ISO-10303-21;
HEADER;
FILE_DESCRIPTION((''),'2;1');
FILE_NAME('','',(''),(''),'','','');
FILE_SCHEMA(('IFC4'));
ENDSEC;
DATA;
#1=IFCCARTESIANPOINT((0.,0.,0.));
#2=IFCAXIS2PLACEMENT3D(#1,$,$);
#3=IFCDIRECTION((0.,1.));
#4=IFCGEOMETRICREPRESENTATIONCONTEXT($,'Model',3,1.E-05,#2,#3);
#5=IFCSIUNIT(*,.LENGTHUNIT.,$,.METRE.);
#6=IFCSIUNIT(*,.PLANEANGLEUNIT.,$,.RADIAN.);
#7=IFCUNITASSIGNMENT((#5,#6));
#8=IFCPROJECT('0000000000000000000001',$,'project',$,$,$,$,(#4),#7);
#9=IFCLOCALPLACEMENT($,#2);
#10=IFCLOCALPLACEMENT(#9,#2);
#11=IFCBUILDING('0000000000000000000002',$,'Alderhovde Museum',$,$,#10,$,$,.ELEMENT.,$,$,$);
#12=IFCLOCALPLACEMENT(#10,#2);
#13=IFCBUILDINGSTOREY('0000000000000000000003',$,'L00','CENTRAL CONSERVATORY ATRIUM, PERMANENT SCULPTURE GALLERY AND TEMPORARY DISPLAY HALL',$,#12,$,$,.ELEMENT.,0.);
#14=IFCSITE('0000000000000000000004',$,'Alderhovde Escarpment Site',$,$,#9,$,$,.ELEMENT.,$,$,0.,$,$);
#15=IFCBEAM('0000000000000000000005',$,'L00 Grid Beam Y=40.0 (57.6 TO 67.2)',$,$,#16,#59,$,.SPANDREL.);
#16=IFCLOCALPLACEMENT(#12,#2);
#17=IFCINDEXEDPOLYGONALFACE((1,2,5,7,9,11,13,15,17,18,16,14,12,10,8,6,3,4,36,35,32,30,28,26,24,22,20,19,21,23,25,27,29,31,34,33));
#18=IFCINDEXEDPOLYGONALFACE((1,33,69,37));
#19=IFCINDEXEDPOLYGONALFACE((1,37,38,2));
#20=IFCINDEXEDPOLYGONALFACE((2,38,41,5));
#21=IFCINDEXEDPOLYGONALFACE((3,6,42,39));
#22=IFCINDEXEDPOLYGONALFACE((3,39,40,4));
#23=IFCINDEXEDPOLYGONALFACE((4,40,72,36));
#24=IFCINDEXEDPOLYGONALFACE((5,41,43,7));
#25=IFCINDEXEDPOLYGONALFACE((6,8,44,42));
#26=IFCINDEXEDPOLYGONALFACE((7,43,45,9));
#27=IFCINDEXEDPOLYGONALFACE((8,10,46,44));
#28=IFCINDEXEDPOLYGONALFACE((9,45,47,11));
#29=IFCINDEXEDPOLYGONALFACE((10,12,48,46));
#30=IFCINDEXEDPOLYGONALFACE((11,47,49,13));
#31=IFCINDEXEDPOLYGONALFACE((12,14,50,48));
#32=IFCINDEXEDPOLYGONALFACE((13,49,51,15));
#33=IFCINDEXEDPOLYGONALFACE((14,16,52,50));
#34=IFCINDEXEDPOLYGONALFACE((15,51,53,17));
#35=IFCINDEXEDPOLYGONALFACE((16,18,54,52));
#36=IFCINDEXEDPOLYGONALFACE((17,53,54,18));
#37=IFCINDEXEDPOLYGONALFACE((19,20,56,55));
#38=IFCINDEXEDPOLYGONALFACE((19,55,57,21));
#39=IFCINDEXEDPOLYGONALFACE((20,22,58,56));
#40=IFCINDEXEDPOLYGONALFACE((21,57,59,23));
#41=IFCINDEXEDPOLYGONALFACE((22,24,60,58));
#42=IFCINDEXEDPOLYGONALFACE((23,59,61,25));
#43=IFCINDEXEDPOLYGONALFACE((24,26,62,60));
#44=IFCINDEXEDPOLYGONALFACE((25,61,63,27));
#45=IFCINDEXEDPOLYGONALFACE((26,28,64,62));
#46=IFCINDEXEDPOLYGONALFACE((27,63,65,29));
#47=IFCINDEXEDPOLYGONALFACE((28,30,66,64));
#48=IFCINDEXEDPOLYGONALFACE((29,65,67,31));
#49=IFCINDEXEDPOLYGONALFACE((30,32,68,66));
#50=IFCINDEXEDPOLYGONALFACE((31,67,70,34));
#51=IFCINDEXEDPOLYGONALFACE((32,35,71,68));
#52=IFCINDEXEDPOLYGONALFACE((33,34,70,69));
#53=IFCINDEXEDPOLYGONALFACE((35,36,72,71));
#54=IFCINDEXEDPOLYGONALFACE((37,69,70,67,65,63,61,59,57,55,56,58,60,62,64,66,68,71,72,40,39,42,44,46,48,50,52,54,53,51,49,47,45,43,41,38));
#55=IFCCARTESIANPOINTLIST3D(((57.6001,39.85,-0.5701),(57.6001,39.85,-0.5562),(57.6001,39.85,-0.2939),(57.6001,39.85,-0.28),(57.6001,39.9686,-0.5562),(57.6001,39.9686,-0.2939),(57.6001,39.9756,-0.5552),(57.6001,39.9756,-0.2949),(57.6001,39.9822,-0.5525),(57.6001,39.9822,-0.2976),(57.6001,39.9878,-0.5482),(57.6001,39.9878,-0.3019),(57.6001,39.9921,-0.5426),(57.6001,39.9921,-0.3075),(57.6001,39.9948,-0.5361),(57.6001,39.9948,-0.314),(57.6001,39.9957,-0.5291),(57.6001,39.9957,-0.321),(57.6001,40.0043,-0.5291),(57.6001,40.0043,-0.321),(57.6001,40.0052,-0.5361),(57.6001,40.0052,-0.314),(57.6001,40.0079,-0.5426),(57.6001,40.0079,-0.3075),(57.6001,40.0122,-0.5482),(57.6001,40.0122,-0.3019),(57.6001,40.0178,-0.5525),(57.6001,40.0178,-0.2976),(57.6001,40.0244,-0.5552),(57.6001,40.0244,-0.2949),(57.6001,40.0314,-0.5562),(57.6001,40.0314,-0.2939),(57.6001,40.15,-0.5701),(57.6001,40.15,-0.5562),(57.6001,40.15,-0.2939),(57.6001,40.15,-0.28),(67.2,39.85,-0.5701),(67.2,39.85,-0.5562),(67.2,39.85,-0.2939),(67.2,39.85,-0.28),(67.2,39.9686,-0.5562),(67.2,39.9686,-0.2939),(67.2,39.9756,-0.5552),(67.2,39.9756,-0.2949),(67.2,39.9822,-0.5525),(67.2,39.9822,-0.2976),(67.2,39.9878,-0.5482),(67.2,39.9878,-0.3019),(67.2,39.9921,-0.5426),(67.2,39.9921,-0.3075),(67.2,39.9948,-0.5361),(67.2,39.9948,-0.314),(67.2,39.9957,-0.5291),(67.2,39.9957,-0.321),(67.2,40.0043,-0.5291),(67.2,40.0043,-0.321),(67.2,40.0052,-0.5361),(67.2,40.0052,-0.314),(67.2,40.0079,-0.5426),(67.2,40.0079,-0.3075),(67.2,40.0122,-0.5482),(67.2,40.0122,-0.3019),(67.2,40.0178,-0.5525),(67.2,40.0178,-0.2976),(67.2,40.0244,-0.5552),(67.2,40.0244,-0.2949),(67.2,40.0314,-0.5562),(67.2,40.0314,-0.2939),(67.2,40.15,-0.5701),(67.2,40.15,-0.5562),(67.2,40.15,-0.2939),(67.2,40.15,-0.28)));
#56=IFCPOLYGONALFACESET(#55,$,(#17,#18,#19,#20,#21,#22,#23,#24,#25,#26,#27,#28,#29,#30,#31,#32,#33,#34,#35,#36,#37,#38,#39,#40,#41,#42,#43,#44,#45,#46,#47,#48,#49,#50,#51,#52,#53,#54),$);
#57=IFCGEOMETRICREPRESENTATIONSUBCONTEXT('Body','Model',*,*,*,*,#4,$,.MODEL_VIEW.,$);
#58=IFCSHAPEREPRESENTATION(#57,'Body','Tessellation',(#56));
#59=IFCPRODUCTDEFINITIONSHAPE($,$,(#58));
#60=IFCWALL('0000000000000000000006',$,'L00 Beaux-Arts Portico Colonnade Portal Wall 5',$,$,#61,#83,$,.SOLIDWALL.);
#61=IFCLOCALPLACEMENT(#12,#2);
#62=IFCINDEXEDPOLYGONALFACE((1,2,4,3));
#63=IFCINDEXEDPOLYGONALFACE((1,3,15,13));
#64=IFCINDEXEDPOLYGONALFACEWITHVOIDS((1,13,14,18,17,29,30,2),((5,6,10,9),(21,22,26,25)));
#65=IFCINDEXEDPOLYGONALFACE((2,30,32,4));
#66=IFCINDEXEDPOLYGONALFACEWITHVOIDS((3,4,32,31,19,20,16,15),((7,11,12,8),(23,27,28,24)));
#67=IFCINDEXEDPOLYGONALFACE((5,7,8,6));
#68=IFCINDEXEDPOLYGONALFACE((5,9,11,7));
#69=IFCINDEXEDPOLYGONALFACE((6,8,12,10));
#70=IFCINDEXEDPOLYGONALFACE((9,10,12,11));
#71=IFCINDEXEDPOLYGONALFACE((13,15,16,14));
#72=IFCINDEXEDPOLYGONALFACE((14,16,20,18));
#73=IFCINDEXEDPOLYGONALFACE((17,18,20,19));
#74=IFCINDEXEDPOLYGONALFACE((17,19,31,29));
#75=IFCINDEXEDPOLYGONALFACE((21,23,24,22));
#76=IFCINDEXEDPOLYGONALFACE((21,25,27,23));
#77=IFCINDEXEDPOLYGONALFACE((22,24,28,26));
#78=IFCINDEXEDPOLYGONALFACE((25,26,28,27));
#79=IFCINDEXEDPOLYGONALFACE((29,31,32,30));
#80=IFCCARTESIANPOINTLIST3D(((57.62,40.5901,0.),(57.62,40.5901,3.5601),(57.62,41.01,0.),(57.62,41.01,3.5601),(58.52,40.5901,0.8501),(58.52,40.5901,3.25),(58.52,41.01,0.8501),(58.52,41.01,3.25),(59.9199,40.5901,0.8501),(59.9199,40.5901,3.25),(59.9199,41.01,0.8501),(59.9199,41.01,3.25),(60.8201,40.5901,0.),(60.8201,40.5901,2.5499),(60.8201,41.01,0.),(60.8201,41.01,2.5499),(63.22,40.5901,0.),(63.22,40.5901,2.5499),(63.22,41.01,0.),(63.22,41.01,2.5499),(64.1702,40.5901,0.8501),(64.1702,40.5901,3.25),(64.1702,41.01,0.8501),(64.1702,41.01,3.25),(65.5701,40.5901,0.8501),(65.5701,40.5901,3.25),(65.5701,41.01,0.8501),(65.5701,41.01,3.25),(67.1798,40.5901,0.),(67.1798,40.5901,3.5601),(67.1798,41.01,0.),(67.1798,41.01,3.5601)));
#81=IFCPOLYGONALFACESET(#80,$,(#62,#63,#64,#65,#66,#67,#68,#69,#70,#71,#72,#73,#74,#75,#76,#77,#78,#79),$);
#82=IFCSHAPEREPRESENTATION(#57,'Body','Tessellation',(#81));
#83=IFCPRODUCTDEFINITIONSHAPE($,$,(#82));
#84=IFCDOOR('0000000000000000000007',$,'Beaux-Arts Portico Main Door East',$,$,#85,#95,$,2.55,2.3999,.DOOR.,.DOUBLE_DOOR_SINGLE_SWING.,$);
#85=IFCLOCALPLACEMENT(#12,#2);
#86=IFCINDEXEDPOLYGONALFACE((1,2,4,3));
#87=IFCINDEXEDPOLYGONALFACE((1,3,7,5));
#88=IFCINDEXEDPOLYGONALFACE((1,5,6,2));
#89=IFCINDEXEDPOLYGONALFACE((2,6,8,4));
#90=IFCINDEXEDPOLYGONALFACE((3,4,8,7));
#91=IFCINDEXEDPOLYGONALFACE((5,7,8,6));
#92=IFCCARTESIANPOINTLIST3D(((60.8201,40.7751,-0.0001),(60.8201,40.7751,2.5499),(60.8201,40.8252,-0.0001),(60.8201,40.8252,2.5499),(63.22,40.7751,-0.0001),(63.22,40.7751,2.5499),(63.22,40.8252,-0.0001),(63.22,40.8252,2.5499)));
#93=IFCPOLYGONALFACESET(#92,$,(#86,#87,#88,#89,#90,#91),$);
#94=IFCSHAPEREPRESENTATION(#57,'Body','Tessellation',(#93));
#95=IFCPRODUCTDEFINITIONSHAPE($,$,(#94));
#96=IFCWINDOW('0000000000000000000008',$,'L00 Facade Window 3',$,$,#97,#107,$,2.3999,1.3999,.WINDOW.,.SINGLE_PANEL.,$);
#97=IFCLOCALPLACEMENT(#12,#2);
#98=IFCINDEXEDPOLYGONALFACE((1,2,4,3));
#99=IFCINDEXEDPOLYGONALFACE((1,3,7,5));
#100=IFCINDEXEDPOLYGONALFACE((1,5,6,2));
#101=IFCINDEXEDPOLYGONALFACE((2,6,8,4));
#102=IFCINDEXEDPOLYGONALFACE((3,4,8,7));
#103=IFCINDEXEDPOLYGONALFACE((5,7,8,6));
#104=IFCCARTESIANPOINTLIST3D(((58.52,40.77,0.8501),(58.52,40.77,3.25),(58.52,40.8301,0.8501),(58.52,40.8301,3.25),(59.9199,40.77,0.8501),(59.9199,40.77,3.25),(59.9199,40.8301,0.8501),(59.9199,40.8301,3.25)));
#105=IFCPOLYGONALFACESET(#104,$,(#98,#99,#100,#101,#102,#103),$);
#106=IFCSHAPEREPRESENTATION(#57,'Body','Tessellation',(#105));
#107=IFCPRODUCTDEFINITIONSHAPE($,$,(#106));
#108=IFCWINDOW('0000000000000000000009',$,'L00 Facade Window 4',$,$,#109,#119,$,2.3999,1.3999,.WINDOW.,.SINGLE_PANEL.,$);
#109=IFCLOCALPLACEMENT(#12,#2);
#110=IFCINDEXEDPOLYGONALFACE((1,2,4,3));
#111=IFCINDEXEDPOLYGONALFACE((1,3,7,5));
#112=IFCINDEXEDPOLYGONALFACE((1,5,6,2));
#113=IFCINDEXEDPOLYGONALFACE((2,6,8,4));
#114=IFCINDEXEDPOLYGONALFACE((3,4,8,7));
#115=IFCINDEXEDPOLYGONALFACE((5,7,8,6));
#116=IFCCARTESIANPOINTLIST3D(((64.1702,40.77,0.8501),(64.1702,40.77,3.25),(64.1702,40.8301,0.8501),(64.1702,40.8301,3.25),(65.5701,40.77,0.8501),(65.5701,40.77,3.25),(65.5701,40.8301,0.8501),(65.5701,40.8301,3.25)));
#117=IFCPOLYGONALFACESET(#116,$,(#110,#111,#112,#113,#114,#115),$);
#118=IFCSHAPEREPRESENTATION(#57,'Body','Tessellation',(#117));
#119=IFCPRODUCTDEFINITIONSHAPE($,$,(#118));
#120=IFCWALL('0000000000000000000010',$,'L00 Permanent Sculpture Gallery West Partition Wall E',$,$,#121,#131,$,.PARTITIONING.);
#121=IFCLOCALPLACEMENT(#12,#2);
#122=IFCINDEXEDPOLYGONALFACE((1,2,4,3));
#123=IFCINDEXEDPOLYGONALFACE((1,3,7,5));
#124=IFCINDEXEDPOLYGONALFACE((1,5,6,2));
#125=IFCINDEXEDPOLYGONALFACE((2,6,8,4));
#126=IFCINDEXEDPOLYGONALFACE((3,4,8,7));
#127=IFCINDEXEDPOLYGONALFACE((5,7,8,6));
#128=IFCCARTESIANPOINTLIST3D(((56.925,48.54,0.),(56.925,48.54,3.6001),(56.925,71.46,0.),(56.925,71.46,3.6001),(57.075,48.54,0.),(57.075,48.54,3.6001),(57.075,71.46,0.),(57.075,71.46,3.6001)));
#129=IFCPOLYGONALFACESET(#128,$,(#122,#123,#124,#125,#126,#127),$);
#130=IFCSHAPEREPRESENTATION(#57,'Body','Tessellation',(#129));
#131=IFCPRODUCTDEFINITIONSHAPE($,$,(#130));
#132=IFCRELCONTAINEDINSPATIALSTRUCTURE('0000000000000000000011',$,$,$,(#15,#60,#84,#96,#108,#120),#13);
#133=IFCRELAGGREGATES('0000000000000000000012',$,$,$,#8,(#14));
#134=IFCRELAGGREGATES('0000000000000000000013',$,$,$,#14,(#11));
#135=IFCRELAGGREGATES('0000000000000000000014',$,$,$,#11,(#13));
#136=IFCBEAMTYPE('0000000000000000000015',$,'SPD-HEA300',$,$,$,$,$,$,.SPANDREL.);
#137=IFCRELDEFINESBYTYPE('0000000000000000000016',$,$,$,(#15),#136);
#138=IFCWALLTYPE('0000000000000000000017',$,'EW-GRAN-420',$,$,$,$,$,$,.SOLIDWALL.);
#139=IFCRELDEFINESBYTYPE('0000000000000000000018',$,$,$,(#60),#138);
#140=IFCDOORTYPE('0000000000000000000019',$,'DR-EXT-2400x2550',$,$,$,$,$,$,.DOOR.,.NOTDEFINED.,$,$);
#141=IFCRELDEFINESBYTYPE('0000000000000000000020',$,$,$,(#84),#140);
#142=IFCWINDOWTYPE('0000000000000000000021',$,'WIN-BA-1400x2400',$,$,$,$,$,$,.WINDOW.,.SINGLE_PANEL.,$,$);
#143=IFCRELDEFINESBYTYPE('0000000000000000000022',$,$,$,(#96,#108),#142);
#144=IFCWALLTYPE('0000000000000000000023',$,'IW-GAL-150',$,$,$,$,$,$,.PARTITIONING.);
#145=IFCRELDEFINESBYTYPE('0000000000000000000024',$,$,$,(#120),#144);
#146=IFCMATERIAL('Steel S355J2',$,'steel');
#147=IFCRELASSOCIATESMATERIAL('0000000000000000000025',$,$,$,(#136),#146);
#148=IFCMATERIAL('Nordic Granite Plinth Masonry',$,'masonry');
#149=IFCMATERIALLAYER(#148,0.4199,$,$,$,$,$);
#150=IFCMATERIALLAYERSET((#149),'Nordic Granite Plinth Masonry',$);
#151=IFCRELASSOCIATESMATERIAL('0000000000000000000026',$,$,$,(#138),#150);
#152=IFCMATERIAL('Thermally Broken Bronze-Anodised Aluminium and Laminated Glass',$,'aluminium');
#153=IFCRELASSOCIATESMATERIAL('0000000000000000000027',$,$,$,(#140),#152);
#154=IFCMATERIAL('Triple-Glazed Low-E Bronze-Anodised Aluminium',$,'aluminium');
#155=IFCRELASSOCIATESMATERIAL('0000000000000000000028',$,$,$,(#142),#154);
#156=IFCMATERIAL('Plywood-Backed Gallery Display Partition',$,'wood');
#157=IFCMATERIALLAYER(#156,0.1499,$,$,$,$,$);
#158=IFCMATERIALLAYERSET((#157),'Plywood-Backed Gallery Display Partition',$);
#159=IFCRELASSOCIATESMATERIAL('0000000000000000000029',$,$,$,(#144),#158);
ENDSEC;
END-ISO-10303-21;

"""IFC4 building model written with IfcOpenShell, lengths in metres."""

from ifc_helpers import new_model, si_unit, direction, frame, frame_2d, origin, origin_2d, place, context, subcontext, project, spatial, rectangle, i_section, extrude, material, layer, layer_set, material_profile, profile_set, type_object, element, fill, save


model = new_model("IFC4")

# Units and contexts
model_context = context("Model", 3, precision=1e-05, world=origin(), true_north=direction((0.0, 1.0)))
body_context = subcontext(model_context, "Body", "Model", "MODEL_VIEW")
ifc_project = project(units=[si_unit("LENGTHUNIT", "METRE"), si_unit("PLANEANGLEUNIT", "RADIAN")], contexts=[model_context])

# Site, building, storey
site_placement = place(None, origin())
site = spatial("IfcSite", under=ifc_project, at=site_placement, Name="Alderhovde Escarpment Site", CompositionType="ELEMENT", RefElevation=0.0)
building_placement = place(site_placement, origin())
building = spatial("IfcBuilding", under=site, at=building_placement, Name="Alderhovde Museum", CompositionType="ELEMENT")
storey_placement = place(building_placement, origin())
storey = spatial("IfcBuildingStorey", under=building, at=storey_placement, Name="L00", Description="CENTRAL CONSERVATORY ATRIUM, PERMANENT SCULPTURE GALLERY AND TEMPORARY DISPLAY HALL", CompositionType="ELEMENT", Elevation=0.0)

# Beam
ifc_material_1 = material(Name="Steel S355J2", Category="steel")
ifc_material_profile_1 = material_profile(ifc_material_1, i_section(OverallWidth=0.3, OverallDepth=0.29, WebThickness=0.0085, FlangeThickness=0.0139, FilletRadius=0.0271, at=origin_2d()), Name="HEA 300")
ifc_profile_set_1 = profile_set([ifc_material_profile_1], Name="Steel S355J2")
beam_type_1 = type_object("IfcBeamType", Name="SPD-HEA300", PredefinedType="SPANDREL", material=ifc_profile_set_1)
beam_1_placement = place(storey_placement, frame((57.6001, 40.0, -0.425), z_axis=(1.0, 0.0, 0.0), x_axis=(0.0, 1.0, 0.0)))
element("IfcBeam", 1, at=beam_1_placement, inside=storey, type_object=beam_type_1, Name="L00 Grid Beam Y=40.0 (57.6 TO 67.2)", PredefinedType="SPANDREL", context=body_context, shape_type="SweptSolid", body=[
    extrude(i_section(OverallWidth=0.3, OverallDepth=0.29, WebThickness=0.0085, FlangeThickness=0.0139, FilletRadius=0.0271, at=origin_2d()), origin(), (0.0, 0.0, 1.0), 9.5999),
])

# Wall, openings, door, windows
ifc_material_2 = material(Name="Nordic Granite Plinth Masonry", Category="masonry")
ifc_layer_1 = layer(ifc_material_2, 0.4199)
ifc_layer_set_1 = layer_set([ifc_layer_1], Name="Nordic Granite Plinth Masonry")
wall_type_1 = type_object("IfcWallType", Name="EW-GRAN-420", PredefinedType="SOLIDWALL", material=ifc_layer_set_1)
wall_1_placement = place(storey_placement, frame((57.6201, 40.8, 0.0), z_axis=(0.0, 0.0, 1.0), x_axis=(1.0, 0.0, 0.0)))
wall_1 = element("IfcWall", 2, at=wall_1_placement, inside=storey, type_object=wall_type_1, Name="L00 Beaux-Arts Portico Colonnade Portal Wall 5", PredefinedType="SOLIDWALL", context=body_context, shape_type="SweptSolid", body=[
    extrude(rectangle(XDim=9.5598, YDim=0.4199, at=frame_2d((4.7798, 0.0))), origin(), (0.0, 0.0, 1.0), 3.5601),
])
opening_1_placement = place(wall_1_placement, frame((3.2, 0.0, 0.0)))
opening_1 = element("IfcOpeningElement", 3, at=opening_1_placement, cuts=wall_1, PredefinedType="OPENING", context=body_context, shape_type="SweptSolid", body=[
    extrude(rectangle(XDim=2.3999, YDim=2.55, at=frame_2d((1.2, 1.2749))), frame((0.0, 0.22, 0.0), z_axis=(0.0, -1.0, 0.0), x_axis=(1.0, 0.0, 0.0)), (0.0, 0.0, 1.0), 0.4399),
])
opening_2_placement = place(wall_1_placement, frame((0.8999, 0.0, 0.8501)))
opening_2 = element("IfcOpeningElement", 4, at=opening_2_placement, cuts=wall_1, PredefinedType="OPENING", context=body_context, shape_type="SweptSolid", body=[
    extrude(rectangle(XDim=1.3999, YDim=2.3999, at=frame_2d((0.7, 1.2))), frame((0.0, 0.22, 0.0), z_axis=(0.0, -1.0, 0.0), x_axis=(1.0, 0.0, 0.0)), (0.0, 0.0, 1.0), 0.4399),
])
opening_3_placement = place(wall_1_placement, frame((6.55, 0.0, 0.8501)))
opening_3 = element("IfcOpeningElement", 5, at=opening_3_placement, cuts=wall_1, PredefinedType="OPENING", context=body_context, shape_type="SweptSolid", body=[
    extrude(rectangle(XDim=1.3999, YDim=2.3999, at=frame_2d((0.7, 1.2))), frame((0.0, 0.22, 0.0), z_axis=(0.0, -1.0, 0.0), x_axis=(1.0, 0.0, 0.0)), (0.0, 0.0, 1.0), 0.4399),
])
ifc_material_3 = material(Name="Thermally Broken Bronze-Anodised Aluminium and Laminated Glass", Category="aluminium")
door_type = type_object("IfcDoorType", Name="DR-EXT-2400x2550", OperationType="NOTDEFINED", PredefinedType="DOOR", material=ifc_material_3)
door_placement = place(opening_1_placement, frame((2.3999, 0.0, 0.0), z_axis=(0.0, 0.0, 1.0), x_axis=(-1.0, 0.0, 0.0)))
door = element("IfcDoor", 6, at=door_placement, inside=storey, type_object=door_type, Name="Beaux-Arts Portico Main Door East", OperationType="DOUBLE_DOOR_SINGLE_SWING", OverallHeight=2.55, OverallWidth=2.3999, PredefinedType="DOOR", context=body_context, shape_type="SweptSolid", body=[
    extrude(rectangle(XDim=2.3999, YDim=2.55, at=frame_2d((1.2, 1.2749))), frame((0.0, 0.0249, 0.0), z_axis=(0.0, -1.0, 0.0), x_axis=(1.0, 0.0, 0.0)), (0.0, 0.0, 1.0), 0.05),
])
fill(opening_1, door)
ifc_material_4 = material(Name="Triple-Glazed Low-E Bronze-Anodised Aluminium", Category="aluminium")
window_type = type_object("IfcWindowType", Name="WIN-BA-1400x2400", PartitioningType="SINGLE_PANEL", PredefinedType="WINDOW", material=ifc_material_4)
window_1_placement = place(opening_2_placement, origin())
window_1 = element("IfcWindow", 7, at=window_1_placement, inside=storey, type_object=window_type, Name="L00 Facade Window 3", OverallHeight=2.3999, OverallWidth=1.3999, PartitioningType="SINGLE_PANEL", PredefinedType="WINDOW", context=body_context, shape_type="SweptSolid", body=[
    extrude(rectangle(XDim=1.3999, YDim=2.3999, at=frame_2d((0.7, 1.2))), frame((0.0, 0.03, 0.0), z_axis=(0.0, -1.0, 0.0), x_axis=(1.0, 0.0, 0.0)), (0.0, 0.0, 1.0), 0.0601),
])
fill(opening_2, window_1)
window_2_placement = place(opening_3_placement, origin())
window_2 = element("IfcWindow", 8, at=window_2_placement, inside=storey, type_object=window_type, Name="L00 Facade Window 4", OverallHeight=2.3999, OverallWidth=1.3999, PartitioningType="SINGLE_PANEL", PredefinedType="WINDOW", context=body_context, shape_type="SweptSolid", body=[
    extrude(rectangle(XDim=1.3999, YDim=2.3999, at=frame_2d((0.7, 1.2))), frame((0.0, 0.03, 0.0), z_axis=(0.0, -1.0, 0.0), x_axis=(1.0, 0.0, 0.0)), (0.0, 0.0, 1.0), 0.0601),
])
fill(opening_3, window_2)

# Wall
ifc_material_5 = material(Name="Plywood-Backed Gallery Display Partition", Category="wood")
ifc_layer_2 = layer(ifc_material_5, 0.1499)
ifc_layer_set_2 = layer_set([ifc_layer_2], Name="Plywood-Backed Gallery Display Partition")
wall_type_2 = type_object("IfcWallType", Name="IW-GAL-150", PredefinedType="PARTITIONING", material=ifc_layer_set_2)
wall_2_placement = place(storey_placement, frame((57.0, 48.54, 0.0), z_axis=(0.0, 0.0, 1.0), x_axis=(0.0, 1.0, 0.0)))
element("IfcWall", 9, at=wall_2_placement, inside=storey, type_object=wall_type_2, Name="L00 Permanent Sculpture Gallery West Partition Wall E", PredefinedType="PARTITIONING", context=body_context, shape_type="SweptSolid", body=[
    extrude(rectangle(XDim=22.9199, YDim=0.1499, at=frame_2d((11.46, 0.0))), origin(), (0.0, 0.0, 1.0), 3.6001),
])

save(model, "model.ifc")
